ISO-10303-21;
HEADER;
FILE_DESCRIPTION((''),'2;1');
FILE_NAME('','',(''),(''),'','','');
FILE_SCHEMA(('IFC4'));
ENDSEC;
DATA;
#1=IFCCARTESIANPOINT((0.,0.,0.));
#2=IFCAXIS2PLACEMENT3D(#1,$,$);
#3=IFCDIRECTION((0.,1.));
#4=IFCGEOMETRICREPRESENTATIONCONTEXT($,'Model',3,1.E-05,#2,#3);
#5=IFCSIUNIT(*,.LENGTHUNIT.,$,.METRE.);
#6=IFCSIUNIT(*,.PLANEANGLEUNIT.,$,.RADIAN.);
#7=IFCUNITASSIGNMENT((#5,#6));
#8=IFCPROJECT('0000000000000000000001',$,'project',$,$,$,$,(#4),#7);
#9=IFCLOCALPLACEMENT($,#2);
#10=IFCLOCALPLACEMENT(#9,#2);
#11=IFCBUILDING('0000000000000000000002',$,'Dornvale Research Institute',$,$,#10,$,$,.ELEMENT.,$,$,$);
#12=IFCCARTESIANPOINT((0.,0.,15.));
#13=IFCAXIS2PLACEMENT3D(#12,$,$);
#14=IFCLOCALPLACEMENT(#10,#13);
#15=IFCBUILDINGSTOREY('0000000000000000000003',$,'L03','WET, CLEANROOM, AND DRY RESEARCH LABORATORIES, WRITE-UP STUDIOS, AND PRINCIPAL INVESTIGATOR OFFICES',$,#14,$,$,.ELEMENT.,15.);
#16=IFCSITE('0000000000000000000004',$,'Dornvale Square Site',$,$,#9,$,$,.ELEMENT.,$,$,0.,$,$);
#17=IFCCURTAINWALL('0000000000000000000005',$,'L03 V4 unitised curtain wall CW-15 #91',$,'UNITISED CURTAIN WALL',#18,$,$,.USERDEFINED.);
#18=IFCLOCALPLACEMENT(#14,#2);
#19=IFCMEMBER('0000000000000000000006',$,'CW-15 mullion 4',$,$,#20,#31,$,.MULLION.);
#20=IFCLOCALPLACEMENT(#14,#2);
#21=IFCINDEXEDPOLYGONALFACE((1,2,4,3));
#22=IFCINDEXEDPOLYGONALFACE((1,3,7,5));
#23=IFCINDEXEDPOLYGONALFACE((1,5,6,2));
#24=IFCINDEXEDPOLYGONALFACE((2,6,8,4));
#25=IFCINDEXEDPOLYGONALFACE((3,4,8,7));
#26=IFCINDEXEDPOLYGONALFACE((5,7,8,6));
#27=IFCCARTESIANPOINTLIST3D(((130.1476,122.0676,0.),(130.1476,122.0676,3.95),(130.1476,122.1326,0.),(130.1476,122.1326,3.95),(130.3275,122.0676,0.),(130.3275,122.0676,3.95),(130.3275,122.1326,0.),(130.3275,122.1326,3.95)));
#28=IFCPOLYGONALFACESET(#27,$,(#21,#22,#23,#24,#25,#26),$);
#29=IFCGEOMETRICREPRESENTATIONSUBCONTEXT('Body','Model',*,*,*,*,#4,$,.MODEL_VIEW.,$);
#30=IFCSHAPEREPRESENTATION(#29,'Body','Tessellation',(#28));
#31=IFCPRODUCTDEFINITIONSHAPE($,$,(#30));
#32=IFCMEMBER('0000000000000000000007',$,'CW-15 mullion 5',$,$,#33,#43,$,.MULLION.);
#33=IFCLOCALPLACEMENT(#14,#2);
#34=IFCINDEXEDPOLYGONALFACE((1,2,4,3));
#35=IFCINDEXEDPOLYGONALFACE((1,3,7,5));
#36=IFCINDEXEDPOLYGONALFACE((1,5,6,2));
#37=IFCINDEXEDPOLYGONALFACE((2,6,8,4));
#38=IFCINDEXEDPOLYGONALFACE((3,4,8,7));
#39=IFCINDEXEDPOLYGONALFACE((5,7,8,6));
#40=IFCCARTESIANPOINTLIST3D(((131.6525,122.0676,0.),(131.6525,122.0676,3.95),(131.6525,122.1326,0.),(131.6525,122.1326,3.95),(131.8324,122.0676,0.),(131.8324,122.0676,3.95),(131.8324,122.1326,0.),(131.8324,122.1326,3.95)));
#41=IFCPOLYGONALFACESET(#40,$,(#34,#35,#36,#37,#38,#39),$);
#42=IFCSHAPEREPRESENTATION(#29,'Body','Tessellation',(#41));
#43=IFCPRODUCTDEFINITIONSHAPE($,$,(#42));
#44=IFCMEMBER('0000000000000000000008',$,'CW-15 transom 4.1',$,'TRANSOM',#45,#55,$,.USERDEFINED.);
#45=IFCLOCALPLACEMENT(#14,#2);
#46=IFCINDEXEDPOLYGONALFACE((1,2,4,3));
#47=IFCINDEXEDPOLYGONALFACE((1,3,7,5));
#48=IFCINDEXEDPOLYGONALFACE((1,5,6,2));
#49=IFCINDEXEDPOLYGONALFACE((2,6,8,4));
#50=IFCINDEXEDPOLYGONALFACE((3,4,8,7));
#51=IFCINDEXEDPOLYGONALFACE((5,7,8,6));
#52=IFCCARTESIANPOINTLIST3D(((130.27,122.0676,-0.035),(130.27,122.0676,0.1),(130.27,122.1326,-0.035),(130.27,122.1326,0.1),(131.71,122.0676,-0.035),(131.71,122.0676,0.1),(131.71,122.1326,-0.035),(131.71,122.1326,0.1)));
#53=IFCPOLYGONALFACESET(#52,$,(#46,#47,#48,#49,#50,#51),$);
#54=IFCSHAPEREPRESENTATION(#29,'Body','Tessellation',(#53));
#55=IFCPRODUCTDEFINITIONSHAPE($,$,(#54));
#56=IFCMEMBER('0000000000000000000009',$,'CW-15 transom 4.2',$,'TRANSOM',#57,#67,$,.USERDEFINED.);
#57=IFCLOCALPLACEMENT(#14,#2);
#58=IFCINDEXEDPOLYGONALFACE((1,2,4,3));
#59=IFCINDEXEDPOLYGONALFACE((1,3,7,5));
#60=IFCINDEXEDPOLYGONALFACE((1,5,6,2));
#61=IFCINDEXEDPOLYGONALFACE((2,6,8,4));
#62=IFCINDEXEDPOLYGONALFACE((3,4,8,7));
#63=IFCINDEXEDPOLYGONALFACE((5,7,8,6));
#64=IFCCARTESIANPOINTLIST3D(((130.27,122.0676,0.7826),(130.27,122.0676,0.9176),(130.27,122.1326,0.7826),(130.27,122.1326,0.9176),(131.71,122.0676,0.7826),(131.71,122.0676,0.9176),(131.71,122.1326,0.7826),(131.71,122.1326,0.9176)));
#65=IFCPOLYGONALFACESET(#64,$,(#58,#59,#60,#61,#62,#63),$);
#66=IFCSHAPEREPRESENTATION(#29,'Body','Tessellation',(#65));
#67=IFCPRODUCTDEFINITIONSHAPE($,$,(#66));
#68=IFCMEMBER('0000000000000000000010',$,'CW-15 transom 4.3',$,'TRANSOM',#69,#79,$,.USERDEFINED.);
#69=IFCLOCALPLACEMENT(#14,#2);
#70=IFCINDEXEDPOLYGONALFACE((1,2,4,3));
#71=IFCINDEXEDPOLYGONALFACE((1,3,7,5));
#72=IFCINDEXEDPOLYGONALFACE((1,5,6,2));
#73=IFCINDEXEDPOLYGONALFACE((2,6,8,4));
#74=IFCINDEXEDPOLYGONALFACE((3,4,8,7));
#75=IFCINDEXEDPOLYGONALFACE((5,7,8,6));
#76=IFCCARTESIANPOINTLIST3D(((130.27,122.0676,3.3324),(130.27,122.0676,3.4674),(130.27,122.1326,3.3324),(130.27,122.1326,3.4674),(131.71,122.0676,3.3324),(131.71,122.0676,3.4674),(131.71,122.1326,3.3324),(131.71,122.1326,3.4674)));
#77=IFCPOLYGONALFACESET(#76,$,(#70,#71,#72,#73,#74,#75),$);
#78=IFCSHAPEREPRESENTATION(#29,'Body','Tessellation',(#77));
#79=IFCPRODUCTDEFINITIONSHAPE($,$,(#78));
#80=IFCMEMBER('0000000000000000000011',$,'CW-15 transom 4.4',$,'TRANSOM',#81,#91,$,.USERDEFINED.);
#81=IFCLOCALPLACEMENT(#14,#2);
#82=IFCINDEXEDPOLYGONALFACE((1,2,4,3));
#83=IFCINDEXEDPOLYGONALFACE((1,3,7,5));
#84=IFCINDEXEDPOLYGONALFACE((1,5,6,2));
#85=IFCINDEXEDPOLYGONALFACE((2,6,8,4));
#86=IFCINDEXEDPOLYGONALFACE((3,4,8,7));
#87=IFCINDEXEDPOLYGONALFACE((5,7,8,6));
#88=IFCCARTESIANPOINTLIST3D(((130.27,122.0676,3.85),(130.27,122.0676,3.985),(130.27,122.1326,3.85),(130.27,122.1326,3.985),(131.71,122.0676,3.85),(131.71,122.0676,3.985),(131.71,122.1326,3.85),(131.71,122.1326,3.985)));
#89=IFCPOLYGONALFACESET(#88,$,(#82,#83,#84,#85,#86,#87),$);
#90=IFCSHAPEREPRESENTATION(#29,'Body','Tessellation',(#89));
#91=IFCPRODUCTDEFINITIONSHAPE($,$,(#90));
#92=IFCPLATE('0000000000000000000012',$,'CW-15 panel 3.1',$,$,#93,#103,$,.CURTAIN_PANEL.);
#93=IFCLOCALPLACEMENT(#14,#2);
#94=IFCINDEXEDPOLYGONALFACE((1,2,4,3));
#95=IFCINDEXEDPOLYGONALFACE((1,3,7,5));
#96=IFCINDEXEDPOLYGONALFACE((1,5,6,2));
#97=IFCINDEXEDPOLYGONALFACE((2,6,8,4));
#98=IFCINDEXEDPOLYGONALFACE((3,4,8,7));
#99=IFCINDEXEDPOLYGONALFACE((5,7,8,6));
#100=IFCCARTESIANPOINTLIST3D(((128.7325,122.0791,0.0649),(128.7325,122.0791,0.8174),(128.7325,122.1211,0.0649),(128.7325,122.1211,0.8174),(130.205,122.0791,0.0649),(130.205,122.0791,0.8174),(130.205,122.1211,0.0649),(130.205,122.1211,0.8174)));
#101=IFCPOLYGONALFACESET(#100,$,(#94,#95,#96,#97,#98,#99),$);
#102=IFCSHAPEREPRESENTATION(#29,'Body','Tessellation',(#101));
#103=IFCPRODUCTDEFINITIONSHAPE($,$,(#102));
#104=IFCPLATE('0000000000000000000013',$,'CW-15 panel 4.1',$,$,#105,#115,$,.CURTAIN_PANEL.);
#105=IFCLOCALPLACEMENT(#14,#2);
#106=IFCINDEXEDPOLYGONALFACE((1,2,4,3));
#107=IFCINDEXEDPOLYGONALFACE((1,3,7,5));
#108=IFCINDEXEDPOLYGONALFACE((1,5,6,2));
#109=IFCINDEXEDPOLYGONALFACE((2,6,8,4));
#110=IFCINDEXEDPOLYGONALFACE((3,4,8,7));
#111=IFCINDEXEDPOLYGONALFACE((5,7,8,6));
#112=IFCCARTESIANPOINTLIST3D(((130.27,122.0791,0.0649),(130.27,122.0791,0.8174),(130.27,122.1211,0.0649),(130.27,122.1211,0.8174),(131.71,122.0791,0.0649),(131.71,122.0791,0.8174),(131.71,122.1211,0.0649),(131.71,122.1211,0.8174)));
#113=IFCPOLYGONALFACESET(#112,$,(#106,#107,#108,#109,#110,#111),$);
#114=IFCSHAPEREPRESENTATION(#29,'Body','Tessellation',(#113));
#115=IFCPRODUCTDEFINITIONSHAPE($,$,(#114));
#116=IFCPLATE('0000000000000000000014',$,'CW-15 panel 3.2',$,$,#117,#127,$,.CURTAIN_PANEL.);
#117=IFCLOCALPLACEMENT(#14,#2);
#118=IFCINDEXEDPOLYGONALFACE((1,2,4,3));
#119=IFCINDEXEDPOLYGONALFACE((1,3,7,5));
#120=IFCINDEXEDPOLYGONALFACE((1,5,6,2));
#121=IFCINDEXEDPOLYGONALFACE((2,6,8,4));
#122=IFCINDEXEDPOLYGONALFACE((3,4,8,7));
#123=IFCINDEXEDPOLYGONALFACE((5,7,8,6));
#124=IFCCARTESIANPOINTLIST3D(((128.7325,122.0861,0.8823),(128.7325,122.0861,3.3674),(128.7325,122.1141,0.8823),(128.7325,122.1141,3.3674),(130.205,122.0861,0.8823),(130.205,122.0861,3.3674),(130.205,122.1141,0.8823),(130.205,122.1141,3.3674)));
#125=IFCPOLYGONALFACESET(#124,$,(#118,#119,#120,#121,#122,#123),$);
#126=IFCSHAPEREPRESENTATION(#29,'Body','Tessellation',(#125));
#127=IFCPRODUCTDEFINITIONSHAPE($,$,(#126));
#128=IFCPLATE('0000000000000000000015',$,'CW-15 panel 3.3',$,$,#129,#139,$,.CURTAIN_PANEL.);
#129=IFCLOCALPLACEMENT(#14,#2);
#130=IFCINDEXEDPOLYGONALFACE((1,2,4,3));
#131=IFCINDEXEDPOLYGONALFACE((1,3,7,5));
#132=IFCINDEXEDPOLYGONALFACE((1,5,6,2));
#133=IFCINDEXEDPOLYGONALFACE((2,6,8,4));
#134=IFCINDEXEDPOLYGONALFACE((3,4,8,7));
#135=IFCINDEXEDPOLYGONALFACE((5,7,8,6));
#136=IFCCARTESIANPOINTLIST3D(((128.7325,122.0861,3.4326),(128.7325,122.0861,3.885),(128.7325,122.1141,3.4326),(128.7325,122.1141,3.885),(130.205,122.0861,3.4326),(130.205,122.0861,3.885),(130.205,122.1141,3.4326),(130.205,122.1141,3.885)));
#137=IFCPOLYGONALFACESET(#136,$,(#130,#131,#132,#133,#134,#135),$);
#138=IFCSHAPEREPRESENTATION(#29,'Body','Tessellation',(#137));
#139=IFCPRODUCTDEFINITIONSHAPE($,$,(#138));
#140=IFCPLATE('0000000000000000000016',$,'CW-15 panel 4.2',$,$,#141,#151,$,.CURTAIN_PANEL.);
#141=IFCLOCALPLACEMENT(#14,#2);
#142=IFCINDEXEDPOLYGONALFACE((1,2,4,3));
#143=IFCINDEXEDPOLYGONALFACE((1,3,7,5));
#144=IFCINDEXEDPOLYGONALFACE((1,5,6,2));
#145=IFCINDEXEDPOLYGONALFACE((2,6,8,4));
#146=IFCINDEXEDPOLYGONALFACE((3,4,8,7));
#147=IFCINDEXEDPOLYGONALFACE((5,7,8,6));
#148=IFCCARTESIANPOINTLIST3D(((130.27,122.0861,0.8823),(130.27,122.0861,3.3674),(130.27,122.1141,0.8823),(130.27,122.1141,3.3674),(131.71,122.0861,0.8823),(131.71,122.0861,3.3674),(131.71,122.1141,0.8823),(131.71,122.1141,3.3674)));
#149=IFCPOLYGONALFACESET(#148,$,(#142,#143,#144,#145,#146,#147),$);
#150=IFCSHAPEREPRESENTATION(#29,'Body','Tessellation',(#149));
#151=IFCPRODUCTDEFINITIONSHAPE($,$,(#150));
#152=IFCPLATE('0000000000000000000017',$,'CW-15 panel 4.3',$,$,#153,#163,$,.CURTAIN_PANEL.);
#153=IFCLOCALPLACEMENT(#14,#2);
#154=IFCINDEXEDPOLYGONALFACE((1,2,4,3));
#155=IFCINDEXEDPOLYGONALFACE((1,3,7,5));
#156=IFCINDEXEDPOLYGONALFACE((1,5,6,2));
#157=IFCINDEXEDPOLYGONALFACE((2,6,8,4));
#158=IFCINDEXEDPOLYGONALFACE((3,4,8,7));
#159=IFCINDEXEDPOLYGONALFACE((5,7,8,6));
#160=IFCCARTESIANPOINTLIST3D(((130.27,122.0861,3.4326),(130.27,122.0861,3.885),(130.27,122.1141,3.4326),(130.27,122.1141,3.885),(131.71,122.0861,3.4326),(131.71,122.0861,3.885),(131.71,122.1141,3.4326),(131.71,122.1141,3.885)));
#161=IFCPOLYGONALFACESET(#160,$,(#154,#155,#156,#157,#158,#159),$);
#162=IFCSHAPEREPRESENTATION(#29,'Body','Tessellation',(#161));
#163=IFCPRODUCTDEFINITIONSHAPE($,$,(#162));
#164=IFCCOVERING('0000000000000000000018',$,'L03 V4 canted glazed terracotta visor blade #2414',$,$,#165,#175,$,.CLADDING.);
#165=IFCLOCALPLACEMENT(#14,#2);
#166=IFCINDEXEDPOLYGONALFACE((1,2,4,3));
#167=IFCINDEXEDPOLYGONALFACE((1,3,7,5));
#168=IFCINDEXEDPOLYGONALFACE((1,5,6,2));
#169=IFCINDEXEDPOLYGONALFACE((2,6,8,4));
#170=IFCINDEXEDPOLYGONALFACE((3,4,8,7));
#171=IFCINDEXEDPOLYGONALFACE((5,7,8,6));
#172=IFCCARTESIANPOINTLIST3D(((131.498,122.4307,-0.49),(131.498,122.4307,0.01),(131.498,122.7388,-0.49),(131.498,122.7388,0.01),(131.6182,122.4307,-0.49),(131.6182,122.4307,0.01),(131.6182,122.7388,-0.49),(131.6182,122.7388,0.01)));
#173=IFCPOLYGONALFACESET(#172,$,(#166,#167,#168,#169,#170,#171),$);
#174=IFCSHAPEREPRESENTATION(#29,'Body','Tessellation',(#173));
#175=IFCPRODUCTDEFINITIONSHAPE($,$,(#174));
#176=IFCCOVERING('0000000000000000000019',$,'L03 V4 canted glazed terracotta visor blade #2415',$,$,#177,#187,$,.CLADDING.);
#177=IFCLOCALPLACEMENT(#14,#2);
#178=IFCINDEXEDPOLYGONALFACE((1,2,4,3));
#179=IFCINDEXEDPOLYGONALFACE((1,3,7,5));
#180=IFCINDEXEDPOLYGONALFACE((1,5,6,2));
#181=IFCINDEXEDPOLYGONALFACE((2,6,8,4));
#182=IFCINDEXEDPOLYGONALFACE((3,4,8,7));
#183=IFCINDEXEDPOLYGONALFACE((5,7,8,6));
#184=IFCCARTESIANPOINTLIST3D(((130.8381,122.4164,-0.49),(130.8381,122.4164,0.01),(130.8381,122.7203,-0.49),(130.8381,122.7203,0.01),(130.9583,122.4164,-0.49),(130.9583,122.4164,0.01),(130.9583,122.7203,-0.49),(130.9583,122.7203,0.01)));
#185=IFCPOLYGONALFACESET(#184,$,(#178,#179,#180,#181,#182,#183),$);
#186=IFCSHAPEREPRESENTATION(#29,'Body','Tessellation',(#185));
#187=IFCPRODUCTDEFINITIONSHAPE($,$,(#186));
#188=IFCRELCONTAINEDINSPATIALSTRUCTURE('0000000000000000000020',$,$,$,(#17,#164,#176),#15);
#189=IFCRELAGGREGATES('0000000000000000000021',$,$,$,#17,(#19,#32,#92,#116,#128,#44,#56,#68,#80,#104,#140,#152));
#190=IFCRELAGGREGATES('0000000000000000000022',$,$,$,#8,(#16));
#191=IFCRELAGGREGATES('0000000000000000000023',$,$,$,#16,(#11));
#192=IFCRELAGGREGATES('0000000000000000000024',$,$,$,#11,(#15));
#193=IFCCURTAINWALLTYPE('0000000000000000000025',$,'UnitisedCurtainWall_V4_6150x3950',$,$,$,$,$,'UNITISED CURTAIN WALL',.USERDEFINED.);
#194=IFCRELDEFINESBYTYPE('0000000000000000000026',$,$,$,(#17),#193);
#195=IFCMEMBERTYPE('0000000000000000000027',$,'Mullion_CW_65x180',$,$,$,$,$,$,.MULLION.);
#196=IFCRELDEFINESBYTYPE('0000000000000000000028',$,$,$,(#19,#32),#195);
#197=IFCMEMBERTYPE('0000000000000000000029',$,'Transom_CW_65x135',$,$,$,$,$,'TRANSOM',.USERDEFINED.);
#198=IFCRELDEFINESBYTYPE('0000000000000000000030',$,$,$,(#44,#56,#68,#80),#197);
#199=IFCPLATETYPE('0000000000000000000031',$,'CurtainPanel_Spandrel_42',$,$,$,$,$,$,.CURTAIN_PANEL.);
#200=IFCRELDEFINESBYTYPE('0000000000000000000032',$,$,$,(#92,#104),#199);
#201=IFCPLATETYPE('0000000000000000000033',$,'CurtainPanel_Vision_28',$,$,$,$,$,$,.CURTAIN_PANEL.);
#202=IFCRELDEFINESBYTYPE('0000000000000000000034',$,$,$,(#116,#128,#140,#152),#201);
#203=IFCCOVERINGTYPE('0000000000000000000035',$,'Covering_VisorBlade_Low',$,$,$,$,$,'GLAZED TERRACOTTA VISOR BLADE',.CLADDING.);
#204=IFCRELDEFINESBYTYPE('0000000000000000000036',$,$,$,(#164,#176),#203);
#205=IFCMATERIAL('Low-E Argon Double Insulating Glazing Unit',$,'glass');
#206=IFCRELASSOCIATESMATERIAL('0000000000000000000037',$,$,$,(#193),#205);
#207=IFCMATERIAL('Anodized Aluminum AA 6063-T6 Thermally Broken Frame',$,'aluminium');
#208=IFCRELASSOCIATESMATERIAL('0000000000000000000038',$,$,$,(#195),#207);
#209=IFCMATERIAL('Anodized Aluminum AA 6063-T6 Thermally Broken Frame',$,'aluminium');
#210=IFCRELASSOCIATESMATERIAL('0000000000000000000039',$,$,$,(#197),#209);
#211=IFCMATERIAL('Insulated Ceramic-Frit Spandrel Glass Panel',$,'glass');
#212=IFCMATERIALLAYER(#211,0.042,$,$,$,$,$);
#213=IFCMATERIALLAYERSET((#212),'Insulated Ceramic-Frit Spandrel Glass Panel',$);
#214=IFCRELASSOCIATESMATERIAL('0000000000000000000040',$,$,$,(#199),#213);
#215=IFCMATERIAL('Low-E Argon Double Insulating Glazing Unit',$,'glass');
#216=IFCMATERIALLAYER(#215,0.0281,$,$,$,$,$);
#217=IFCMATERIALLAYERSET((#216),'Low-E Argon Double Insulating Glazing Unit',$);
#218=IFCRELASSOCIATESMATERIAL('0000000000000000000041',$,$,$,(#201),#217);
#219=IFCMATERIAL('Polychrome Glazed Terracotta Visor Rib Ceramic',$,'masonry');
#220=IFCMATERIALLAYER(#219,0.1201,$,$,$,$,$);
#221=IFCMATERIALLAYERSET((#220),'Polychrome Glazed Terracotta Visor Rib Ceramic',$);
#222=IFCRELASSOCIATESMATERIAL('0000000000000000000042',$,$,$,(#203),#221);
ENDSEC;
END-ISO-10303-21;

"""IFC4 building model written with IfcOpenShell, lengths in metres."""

from ifc_helpers import new_model, si_unit, direction, frame, origin, origin_2d, place, context, subcontext, project, spatial, rectangle, extrude, material, layer, layer_set, material_profile, profile_set, type_object, element, aggregate, save


model = new_model("IFC4")

# Units and contexts
model_context = context("Model", 3, precision=1e-05, world=origin(), true_north=direction((0.0, 1.0)))
body_context = subcontext(model_context, "Body", "Model", "MODEL_VIEW")
ifc_project = project(units=[si_unit("LENGTHUNIT", "METRE"), si_unit("PLANEANGLEUNIT", "RADIAN")], contexts=[model_context])

# Site, building, storey
site_placement = place(None, origin())
site = spatial("IfcSite", under=ifc_project, at=site_placement, Name="Dornvale Square Site", CompositionType="ELEMENT", RefElevation=0.0)
building_placement = place(site_placement, origin())
building = spatial("IfcBuilding", under=site, at=building_placement, Name="Dornvale Research Institute", CompositionType="ELEMENT")
storey_placement = place(building_placement, frame((0.0, 0.0, 15.0)))
storey = spatial("IfcBuildingStorey", under=building, at=storey_placement, Name="L03", Description="WET, CLEANROOM, AND DRY RESEARCH LABORATORIES, WRITE-UP STUDIOS, AND PRINCIPAL INVESTIGATOR OFFICES", CompositionType="ELEMENT", Elevation=15.0)

# Curtain wall, members, plates
ifc_material_1 = material(Name="Low-E Argon Double Insulating Glazing Unit", Category="glass")
curtain_wall_type = type_object("IfcCurtainWallType", Name="UnitisedCurtainWall_V4_6150x3950", ElementType="UNITISED CURTAIN WALL", PredefinedType="USERDEFINED", material=ifc_material_1)
curtain_wall_placement = place(storey_placement, origin())
curtain_wall = element("IfcCurtainWall", 1, at=curtain_wall_placement, inside=storey, type_object=curtain_wall_type, Name="L03 V4 unitised curtain wall CW-15 #91", ObjectType="UNITISED CURTAIN WALL", PredefinedType="USERDEFINED")
ifc_material_2 = material(Name="Anodized Aluminum AA 6063-T6 Thermally Broken Frame", Category="aluminium")
ifc_material_profile_1 = material_profile(ifc_material_2, rectangle(XDim=0.0649, YDim=0.1799, at=origin_2d()), Name="ALU MULLION 65x180")
ifc_profile_set_1 = profile_set([ifc_material_profile_1], Name="Anodized Aluminum AA 6063-T6 Thermally Broken Frame")
member_type_1 = type_object("IfcMemberType", Name="Mullion_CW_65x180", PredefinedType="MULLION", material=ifc_profile_set_1)
member_1_placement = place(storey_placement, frame((130.2375, 122.1001, 0.0), z_axis=(0.0, 0.0, 1.0), x_axis=(0.0, 1.0, 0.0)))
member_1 = element("IfcMember", 2, at=member_1_placement, type_object=member_type_1, Name="CW-15 mullion 4", PredefinedType="MULLION", context=body_context, shape_type="SweptSolid", body=[
    extrude(rectangle(XDim=0.0649, YDim=0.1799, at=origin_2d()), origin(), (0.0, 0.0, 1.0), 3.95),
])
member_2_placement = place(storey_placement, frame((131.7424, 122.1001, 0.0), z_axis=(0.0, 0.0, 1.0), x_axis=(0.0, 1.0, 0.0)))
member_2 = element("IfcMember", 3, at=member_2_placement, type_object=member_type_1, Name="CW-15 mullion 5", PredefinedType="MULLION", context=body_context, shape_type="SweptSolid", body=[
    extrude(rectangle(XDim=0.0649, YDim=0.1799, at=origin_2d()), origin(), (0.0, 0.0, 1.0), 3.95),
])
ifc_material_3 = material(Name="Anodized Aluminum AA 6063-T6 Thermally Broken Frame", Category="aluminium")
ifc_material_profile_2 = material_profile(ifc_material_3, rectangle(XDim=0.0649, YDim=0.135, at=origin_2d()), Name="ALU TRANSOM 65x135")
ifc_profile_set_2 = profile_set([ifc_material_profile_2], Name="Anodized Aluminum AA 6063-T6 Thermally Broken Frame")
member_type_2 = type_object("IfcMemberType", Name="Transom_CW_65x135", ElementType="TRANSOM", PredefinedType="USERDEFINED", material=ifc_profile_set_2)
member_3_placement = place(storey_placement, frame((130.27, 122.1001, 0.0325), z_axis=(1.0, 0.0, 0.0), x_axis=(0.0, 1.0, 0.0)))
member_3 = element("IfcMember", 4, at=member_3_placement, type_object=member_type_2, Name="CW-15 transom 4.1", ObjectType="TRANSOM", PredefinedType="USERDEFINED", context=body_context, shape_type="SweptSolid", body=[
    extrude(rectangle(XDim=0.0649, YDim=0.135, at=origin_2d()), origin(), (0.0, 0.0, 1.0), 1.4399),
])
member_4_placement = place(storey_placement, frame((130.27, 122.1001, 0.8501), z_axis=(1.0, 0.0, 0.0), x_axis=(0.0, 1.0, 0.0)))
member_4 = element("IfcMember", 5, at=member_4_placement, type_object=member_type_2, Name="CW-15 transom 4.2", ObjectType="TRANSOM", PredefinedType="USERDEFINED", context=body_context, shape_type="SweptSolid", body=[
    extrude(rectangle(XDim=0.0649, YDim=0.135, at=origin_2d()), origin(), (0.0, 0.0, 1.0), 1.4399),
])
member_5_placement = place(storey_placement, frame((130.27, 122.1001, 3.3999), z_axis=(1.0, 0.0, 0.0), x_axis=(0.0, 1.0, 0.0)))
member_5 = element("IfcMember", 6, at=member_5_placement, type_object=member_type_2, Name="CW-15 transom 4.3", ObjectType="TRANSOM", PredefinedType="USERDEFINED", context=body_context, shape_type="SweptSolid", body=[
    extrude(rectangle(XDim=0.0649, YDim=0.135, at=origin_2d()), origin(), (0.0, 0.0, 1.0), 1.4399),
])
member_6_placement = place(storey_placement, frame((130.27, 122.1001, 3.9175), z_axis=(1.0, 0.0, 0.0), x_axis=(0.0, 1.0, 0.0)))
member_6 = element("IfcMember", 7, at=member_6_placement, type_object=member_type_2, Name="CW-15 transom 4.4", ObjectType="TRANSOM", PredefinedType="USERDEFINED", context=body_context, shape_type="SweptSolid", body=[
    extrude(rectangle(XDim=0.0649, YDim=0.135, at=origin_2d()), origin(), (0.0, 0.0, 1.0), 1.4399),
])
ifc_material_4 = material(Name="Insulated Ceramic-Frit Spandrel Glass Panel", Category="glass")
ifc_layer_1 = layer(ifc_material_4, 0.042)
ifc_layer_set_1 = layer_set([ifc_layer_1], Name="Insulated Ceramic-Frit Spandrel Glass Panel")
plate_type_1 = type_object("IfcPlateType", Name="CurtainPanel_Spandrel_42", PredefinedType="CURTAIN_PANEL", material=ifc_layer_set_1)
plate_1_placement = place(storey_placement, frame((129.4688, 122.1001, 0.0649), z_axis=(0.0, 0.0, 1.0), x_axis=(1.0, 0.0, 0.0)))
plate_1 = element("IfcPlate", 8, at=plate_1_placement, type_object=plate_type_1, Name="CW-15 panel 3.1", PredefinedType="CURTAIN_PANEL", context=body_context, shape_type="SweptSolid", body=[
    extrude(rectangle(XDim=1.4724, YDim=0.042, at=origin_2d()), origin(), (0.0, 0.0, 1.0), 0.7524),
])
plate_2_placement = place(storey_placement, frame((130.99, 122.1001, 0.0649), z_axis=(0.0, 0.0, 1.0), x_axis=(1.0, 0.0, 0.0)))
plate_2 = element("IfcPlate", 9, at=plate_2_placement, type_object=plate_type_1, Name="CW-15 panel 4.1", PredefinedType="CURTAIN_PANEL", context=body_context, shape_type="SweptSolid", body=[
    extrude(rectangle(XDim=1.4399, YDim=0.042, at=origin_2d()), origin(), (0.0, 0.0, 1.0), 0.7524),
])
ifc_material_5 = material(Name="Low-E Argon Double Insulating Glazing Unit", Category="glass")
ifc_layer_2 = layer(ifc_material_5, 0.0281)
ifc_layer_set_2 = layer_set([ifc_layer_2], Name="Low-E Argon Double Insulating Glazing Unit")
plate_type_2 = type_object("IfcPlateType", Name="CurtainPanel_Vision_28", PredefinedType="CURTAIN_PANEL", material=ifc_layer_set_2)
plate_3_placement = place(storey_placement, frame((129.4688, 122.1001, 0.8823), z_axis=(0.0, 0.0, 1.0), x_axis=(1.0, 0.0, 0.0)))
plate_3 = element("IfcPlate", 10, at=plate_3_placement, type_object=plate_type_2, Name="CW-15 panel 3.2", PredefinedType="CURTAIN_PANEL", context=body_context, shape_type="SweptSolid", body=[
    extrude(rectangle(XDim=1.4724, YDim=0.0281, at=origin_2d()), origin(), (0.0, 0.0, 1.0), 2.4851),
])
plate_4_placement = place(storey_placement, frame((129.4688, 122.1001, 3.4326), z_axis=(0.0, 0.0, 1.0), x_axis=(1.0, 0.0, 0.0)))
plate_4 = element("IfcPlate", 11, at=plate_4_placement, type_object=plate_type_2, Name="CW-15 panel 3.3", PredefinedType="CURTAIN_PANEL", context=body_context, shape_type="SweptSolid", body=[
    extrude(rectangle(XDim=1.4724, YDim=0.0281, at=origin_2d()), origin(), (0.0, 0.0, 1.0), 0.4524),
])
plate_5_placement = place(storey_placement, frame((130.99, 122.1001, 0.8823), z_axis=(0.0, 0.0, 1.0), x_axis=(1.0, 0.0, 0.0)))
plate_5 = element("IfcPlate", 12, at=plate_5_placement, type_object=plate_type_2, Name="CW-15 panel 4.2", PredefinedType="CURTAIN_PANEL", context=body_context, shape_type="SweptSolid", body=[
    extrude(rectangle(XDim=1.4399, YDim=0.0281, at=origin_2d()), origin(), (0.0, 0.0, 1.0), 2.4851),
])
plate_6_placement = place(storey_placement, frame((130.99, 122.1001, 3.4326), z_axis=(0.0, 0.0, 1.0), x_axis=(1.0, 0.0, 0.0)))
plate_6 = element("IfcPlate", 13, at=plate_6_placement, type_object=plate_type_2, Name="CW-15 panel 4.3", PredefinedType="CURTAIN_PANEL", context=body_context, shape_type="SweptSolid", body=[
    extrude(rectangle(XDim=1.4399, YDim=0.0281, at=origin_2d()), origin(), (0.0, 0.0, 1.0), 0.4524),
])
aggregate(curtain_wall, [member_1, member_2, plate_1, plate_3, plate_4, member_3, member_4, member_5, member_6, plate_2, plate_5, plate_6])

# Coverings
ifc_material_6 = material(Name="Polychrome Glazed Terracotta Visor Rib Ceramic", Category="masonry")
ifc_layer_3 = layer(ifc_material_6, 0.1201)
ifc_layer_set_3 = layer_set([ifc_layer_3], Name="Polychrome Glazed Terracotta Visor Rib Ceramic")
covering_type = type_object("IfcCoveringType", Name="Covering_VisorBlade_Low", ElementType="GLAZED TERRACOTTA VISOR BLADE", PredefinedType="CLADDING", material=ifc_layer_set_3)
covering_1_placement = place(storey_placement, frame((131.5581, 122.5847, -0.49), z_axis=(0.0, 0.0, 1.0), x_axis=(0.0, 1.0, 0.0)))
element("IfcCovering", 14, at=covering_1_placement, inside=storey, type_object=covering_type, Name="L03 V4 canted glazed terracotta visor blade #2414", PredefinedType="CLADDING", context=body_context, shape_type="SweptSolid", body=[
    extrude(rectangle(XDim=0.3081, YDim=0.1201, at=origin_2d()), origin(), (0.0, 0.0, 1.0), 0.5),
])
covering_2_placement = place(storey_placement, frame((130.8982, 122.5684, -0.49), z_axis=(0.0, 0.0, 1.0), x_axis=(0.0, 1.0, 0.0)))
element("IfcCovering", 15, at=covering_2_placement, inside=storey, type_object=covering_type, Name="L03 V4 canted glazed terracotta visor blade #2415", PredefinedType="CLADDING", context=body_context, shape_type="SweptSolid", body=[
    extrude(rectangle(XDim=0.304, YDim=0.1201, at=origin_2d()), origin(), (0.0, 0.0, 1.0), 0.5),
])

save(model, "model.ifc")
